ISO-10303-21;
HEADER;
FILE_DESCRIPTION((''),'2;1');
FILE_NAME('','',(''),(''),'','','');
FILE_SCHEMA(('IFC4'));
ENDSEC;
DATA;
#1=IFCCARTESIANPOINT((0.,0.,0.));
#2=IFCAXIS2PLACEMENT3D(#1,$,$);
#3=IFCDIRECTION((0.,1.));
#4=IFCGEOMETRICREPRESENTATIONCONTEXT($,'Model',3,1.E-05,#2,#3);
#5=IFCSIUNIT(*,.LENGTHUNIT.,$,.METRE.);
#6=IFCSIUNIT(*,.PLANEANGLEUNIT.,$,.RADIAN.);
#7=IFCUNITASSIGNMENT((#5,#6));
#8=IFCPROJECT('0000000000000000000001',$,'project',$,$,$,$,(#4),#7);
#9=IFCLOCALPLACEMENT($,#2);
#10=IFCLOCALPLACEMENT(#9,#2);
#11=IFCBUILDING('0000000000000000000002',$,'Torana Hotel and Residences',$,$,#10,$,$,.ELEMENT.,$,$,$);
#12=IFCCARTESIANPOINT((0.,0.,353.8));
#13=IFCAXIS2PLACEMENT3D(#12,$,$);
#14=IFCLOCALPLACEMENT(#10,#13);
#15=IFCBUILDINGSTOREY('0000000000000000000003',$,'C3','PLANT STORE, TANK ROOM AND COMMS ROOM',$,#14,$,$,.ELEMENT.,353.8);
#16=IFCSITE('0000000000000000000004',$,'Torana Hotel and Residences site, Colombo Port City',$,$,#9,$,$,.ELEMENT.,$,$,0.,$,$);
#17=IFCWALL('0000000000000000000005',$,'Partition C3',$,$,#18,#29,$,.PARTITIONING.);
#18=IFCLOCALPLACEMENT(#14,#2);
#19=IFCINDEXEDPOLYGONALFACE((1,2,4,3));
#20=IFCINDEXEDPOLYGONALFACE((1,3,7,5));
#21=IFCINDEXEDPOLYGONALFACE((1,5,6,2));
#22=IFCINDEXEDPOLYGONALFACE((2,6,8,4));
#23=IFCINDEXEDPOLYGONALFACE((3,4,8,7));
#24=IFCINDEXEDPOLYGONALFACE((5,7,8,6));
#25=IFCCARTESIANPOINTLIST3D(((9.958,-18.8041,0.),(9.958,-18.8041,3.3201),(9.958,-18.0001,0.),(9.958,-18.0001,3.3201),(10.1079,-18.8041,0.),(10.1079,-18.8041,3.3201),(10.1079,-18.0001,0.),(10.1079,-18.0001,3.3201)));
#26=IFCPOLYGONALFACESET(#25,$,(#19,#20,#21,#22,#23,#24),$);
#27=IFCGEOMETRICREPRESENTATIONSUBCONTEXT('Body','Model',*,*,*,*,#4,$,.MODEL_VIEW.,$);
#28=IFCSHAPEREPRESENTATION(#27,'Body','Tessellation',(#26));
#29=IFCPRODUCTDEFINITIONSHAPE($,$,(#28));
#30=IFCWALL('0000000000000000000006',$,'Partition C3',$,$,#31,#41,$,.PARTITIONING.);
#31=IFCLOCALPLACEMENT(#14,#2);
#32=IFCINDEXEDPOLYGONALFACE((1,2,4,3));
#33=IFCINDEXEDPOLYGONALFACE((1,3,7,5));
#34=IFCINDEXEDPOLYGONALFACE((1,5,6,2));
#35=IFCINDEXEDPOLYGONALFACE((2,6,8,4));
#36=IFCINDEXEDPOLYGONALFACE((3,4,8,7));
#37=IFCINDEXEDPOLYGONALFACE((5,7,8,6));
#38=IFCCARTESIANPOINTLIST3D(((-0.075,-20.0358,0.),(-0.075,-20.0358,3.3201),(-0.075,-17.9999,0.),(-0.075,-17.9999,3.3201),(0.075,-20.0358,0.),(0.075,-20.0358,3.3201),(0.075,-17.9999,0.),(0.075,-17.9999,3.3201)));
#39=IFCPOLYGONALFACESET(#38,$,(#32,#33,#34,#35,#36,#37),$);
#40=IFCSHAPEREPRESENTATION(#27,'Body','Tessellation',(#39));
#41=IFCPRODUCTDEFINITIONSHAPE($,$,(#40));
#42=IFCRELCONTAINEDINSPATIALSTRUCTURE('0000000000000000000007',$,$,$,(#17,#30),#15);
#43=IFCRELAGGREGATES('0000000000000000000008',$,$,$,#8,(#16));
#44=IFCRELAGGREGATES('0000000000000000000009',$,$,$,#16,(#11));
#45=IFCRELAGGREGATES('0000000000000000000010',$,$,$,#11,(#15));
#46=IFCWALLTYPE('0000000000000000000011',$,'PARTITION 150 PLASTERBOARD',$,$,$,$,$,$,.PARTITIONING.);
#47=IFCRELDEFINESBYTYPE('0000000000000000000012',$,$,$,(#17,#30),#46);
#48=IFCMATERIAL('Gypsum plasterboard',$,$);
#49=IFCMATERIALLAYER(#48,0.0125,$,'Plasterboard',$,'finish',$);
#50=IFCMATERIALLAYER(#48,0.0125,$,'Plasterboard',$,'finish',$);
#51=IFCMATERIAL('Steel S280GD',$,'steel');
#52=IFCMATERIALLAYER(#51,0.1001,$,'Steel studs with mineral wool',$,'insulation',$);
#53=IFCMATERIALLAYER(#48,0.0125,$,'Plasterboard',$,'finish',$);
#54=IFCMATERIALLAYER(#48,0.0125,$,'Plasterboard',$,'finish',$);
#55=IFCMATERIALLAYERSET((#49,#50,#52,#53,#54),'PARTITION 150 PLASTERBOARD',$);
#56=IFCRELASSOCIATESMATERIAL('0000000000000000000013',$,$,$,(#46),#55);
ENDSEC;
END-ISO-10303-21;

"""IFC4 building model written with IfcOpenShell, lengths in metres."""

from ifc_helpers import new_model, si_unit, direction, frame, frame_2d, origin, place, context, subcontext, project, spatial, rectangle, extrude, material, layer, layer_set, type_object, element, save


model = new_model("IFC4")

# Units and contexts
model_context = context("Model", 3, precision=1e-05, world=origin(), true_north=direction((0.0, 1.0)))
body_context = subcontext(model_context, "Body", "Model", "MODEL_VIEW")
ifc_project = project(units=[si_unit("LENGTHUNIT", "METRE"), si_unit("PLANEANGLEUNIT", "RADIAN")], contexts=[model_context])

# Site, building, storey
site_placement = place(None, origin())
site = spatial("IfcSite", under=ifc_project, at=site_placement, Name="Torana Hotel and Residences site, Colombo Port City", CompositionType="ELEMENT", RefElevation=0.0)
building_placement = place(site_placement, origin())
building = spatial("IfcBuilding", under=site, at=building_placement, Name="Torana Hotel and Residences", CompositionType="ELEMENT")
storey_placement = place(building_placement, frame((0.0, 0.0, 353.8)))
storey = spatial("IfcBuildingStorey", under=building, at=storey_placement, Name="C3", Description="PLANT STORE, TANK ROOM AND COMMS ROOM", CompositionType="ELEMENT", Elevation=353.8)

# Walls
ifc_material_1 = material(Name="Gypsum plasterboard")
ifc_layer_1 = layer(ifc_material_1, 0.0125, Name="Plasterboard", Category="finish")
ifc_layer_2 = layer(ifc_material_1, 0.0125, Name="Plasterboard", Category="finish")
ifc_material_2 = material(Name="Steel S280GD", Category="steel")
ifc_layer_3 = layer(ifc_material_2, 0.1001, Name="Steel studs with mineral wool", Category="insulation")
ifc_layer_4 = layer(ifc_material_1, 0.0125, Name="Plasterboard", Category="finish")
ifc_layer_5 = layer(ifc_material_1, 0.0125, Name="Plasterboard", Category="finish")
ifc_layer_set_1 = layer_set([ifc_layer_1, ifc_layer_2, ifc_layer_3, ifc_layer_4, ifc_layer_5], Name="PARTITION 150 PLASTERBOARD")
wall_type_1 = type_object("IfcWallType", Name="PARTITION 150 PLASTERBOARD", PredefinedType="PARTITIONING", material=ifc_layer_set_1)
wall_1_placement = place(storey_placement, frame((10.033, -18.804, 0.0), z_axis=(0.0, 0.0, 1.0), x_axis=(0.0, 1.0, 0.0)))
element("IfcWall", 1, at=wall_1_placement, inside=storey, type_object=wall_type_1, Name="Partition C3", PredefinedType="PARTITIONING", context=body_context, shape_type="SweptSolid", body=[
    extrude(rectangle(XDim=0.804, YDim=0.1499, at=frame_2d((0.4019, 0.0))), origin(), (0.0, 0.0, 1.0), 3.3201),
])
wall_2_placement = place(storey_placement, frame((0.0, -20.0359, 0.0), z_axis=(0.0, 0.0, 1.0), x_axis=(0.0, 1.0, 0.0)))
element("IfcWall", 2, at=wall_2_placement, inside=storey, type_object=wall_type_1, Name="Partition C3", PredefinedType="PARTITIONING", context=body_context, shape_type="SweptSolid", body=[
    extrude(rectangle(XDim=2.0359, YDim=0.1499, at=frame_2d((1.0181, 0.0))), origin(), (0.0, 0.0, 1.0), 3.3201),
])

save(model, "model.ifc")
